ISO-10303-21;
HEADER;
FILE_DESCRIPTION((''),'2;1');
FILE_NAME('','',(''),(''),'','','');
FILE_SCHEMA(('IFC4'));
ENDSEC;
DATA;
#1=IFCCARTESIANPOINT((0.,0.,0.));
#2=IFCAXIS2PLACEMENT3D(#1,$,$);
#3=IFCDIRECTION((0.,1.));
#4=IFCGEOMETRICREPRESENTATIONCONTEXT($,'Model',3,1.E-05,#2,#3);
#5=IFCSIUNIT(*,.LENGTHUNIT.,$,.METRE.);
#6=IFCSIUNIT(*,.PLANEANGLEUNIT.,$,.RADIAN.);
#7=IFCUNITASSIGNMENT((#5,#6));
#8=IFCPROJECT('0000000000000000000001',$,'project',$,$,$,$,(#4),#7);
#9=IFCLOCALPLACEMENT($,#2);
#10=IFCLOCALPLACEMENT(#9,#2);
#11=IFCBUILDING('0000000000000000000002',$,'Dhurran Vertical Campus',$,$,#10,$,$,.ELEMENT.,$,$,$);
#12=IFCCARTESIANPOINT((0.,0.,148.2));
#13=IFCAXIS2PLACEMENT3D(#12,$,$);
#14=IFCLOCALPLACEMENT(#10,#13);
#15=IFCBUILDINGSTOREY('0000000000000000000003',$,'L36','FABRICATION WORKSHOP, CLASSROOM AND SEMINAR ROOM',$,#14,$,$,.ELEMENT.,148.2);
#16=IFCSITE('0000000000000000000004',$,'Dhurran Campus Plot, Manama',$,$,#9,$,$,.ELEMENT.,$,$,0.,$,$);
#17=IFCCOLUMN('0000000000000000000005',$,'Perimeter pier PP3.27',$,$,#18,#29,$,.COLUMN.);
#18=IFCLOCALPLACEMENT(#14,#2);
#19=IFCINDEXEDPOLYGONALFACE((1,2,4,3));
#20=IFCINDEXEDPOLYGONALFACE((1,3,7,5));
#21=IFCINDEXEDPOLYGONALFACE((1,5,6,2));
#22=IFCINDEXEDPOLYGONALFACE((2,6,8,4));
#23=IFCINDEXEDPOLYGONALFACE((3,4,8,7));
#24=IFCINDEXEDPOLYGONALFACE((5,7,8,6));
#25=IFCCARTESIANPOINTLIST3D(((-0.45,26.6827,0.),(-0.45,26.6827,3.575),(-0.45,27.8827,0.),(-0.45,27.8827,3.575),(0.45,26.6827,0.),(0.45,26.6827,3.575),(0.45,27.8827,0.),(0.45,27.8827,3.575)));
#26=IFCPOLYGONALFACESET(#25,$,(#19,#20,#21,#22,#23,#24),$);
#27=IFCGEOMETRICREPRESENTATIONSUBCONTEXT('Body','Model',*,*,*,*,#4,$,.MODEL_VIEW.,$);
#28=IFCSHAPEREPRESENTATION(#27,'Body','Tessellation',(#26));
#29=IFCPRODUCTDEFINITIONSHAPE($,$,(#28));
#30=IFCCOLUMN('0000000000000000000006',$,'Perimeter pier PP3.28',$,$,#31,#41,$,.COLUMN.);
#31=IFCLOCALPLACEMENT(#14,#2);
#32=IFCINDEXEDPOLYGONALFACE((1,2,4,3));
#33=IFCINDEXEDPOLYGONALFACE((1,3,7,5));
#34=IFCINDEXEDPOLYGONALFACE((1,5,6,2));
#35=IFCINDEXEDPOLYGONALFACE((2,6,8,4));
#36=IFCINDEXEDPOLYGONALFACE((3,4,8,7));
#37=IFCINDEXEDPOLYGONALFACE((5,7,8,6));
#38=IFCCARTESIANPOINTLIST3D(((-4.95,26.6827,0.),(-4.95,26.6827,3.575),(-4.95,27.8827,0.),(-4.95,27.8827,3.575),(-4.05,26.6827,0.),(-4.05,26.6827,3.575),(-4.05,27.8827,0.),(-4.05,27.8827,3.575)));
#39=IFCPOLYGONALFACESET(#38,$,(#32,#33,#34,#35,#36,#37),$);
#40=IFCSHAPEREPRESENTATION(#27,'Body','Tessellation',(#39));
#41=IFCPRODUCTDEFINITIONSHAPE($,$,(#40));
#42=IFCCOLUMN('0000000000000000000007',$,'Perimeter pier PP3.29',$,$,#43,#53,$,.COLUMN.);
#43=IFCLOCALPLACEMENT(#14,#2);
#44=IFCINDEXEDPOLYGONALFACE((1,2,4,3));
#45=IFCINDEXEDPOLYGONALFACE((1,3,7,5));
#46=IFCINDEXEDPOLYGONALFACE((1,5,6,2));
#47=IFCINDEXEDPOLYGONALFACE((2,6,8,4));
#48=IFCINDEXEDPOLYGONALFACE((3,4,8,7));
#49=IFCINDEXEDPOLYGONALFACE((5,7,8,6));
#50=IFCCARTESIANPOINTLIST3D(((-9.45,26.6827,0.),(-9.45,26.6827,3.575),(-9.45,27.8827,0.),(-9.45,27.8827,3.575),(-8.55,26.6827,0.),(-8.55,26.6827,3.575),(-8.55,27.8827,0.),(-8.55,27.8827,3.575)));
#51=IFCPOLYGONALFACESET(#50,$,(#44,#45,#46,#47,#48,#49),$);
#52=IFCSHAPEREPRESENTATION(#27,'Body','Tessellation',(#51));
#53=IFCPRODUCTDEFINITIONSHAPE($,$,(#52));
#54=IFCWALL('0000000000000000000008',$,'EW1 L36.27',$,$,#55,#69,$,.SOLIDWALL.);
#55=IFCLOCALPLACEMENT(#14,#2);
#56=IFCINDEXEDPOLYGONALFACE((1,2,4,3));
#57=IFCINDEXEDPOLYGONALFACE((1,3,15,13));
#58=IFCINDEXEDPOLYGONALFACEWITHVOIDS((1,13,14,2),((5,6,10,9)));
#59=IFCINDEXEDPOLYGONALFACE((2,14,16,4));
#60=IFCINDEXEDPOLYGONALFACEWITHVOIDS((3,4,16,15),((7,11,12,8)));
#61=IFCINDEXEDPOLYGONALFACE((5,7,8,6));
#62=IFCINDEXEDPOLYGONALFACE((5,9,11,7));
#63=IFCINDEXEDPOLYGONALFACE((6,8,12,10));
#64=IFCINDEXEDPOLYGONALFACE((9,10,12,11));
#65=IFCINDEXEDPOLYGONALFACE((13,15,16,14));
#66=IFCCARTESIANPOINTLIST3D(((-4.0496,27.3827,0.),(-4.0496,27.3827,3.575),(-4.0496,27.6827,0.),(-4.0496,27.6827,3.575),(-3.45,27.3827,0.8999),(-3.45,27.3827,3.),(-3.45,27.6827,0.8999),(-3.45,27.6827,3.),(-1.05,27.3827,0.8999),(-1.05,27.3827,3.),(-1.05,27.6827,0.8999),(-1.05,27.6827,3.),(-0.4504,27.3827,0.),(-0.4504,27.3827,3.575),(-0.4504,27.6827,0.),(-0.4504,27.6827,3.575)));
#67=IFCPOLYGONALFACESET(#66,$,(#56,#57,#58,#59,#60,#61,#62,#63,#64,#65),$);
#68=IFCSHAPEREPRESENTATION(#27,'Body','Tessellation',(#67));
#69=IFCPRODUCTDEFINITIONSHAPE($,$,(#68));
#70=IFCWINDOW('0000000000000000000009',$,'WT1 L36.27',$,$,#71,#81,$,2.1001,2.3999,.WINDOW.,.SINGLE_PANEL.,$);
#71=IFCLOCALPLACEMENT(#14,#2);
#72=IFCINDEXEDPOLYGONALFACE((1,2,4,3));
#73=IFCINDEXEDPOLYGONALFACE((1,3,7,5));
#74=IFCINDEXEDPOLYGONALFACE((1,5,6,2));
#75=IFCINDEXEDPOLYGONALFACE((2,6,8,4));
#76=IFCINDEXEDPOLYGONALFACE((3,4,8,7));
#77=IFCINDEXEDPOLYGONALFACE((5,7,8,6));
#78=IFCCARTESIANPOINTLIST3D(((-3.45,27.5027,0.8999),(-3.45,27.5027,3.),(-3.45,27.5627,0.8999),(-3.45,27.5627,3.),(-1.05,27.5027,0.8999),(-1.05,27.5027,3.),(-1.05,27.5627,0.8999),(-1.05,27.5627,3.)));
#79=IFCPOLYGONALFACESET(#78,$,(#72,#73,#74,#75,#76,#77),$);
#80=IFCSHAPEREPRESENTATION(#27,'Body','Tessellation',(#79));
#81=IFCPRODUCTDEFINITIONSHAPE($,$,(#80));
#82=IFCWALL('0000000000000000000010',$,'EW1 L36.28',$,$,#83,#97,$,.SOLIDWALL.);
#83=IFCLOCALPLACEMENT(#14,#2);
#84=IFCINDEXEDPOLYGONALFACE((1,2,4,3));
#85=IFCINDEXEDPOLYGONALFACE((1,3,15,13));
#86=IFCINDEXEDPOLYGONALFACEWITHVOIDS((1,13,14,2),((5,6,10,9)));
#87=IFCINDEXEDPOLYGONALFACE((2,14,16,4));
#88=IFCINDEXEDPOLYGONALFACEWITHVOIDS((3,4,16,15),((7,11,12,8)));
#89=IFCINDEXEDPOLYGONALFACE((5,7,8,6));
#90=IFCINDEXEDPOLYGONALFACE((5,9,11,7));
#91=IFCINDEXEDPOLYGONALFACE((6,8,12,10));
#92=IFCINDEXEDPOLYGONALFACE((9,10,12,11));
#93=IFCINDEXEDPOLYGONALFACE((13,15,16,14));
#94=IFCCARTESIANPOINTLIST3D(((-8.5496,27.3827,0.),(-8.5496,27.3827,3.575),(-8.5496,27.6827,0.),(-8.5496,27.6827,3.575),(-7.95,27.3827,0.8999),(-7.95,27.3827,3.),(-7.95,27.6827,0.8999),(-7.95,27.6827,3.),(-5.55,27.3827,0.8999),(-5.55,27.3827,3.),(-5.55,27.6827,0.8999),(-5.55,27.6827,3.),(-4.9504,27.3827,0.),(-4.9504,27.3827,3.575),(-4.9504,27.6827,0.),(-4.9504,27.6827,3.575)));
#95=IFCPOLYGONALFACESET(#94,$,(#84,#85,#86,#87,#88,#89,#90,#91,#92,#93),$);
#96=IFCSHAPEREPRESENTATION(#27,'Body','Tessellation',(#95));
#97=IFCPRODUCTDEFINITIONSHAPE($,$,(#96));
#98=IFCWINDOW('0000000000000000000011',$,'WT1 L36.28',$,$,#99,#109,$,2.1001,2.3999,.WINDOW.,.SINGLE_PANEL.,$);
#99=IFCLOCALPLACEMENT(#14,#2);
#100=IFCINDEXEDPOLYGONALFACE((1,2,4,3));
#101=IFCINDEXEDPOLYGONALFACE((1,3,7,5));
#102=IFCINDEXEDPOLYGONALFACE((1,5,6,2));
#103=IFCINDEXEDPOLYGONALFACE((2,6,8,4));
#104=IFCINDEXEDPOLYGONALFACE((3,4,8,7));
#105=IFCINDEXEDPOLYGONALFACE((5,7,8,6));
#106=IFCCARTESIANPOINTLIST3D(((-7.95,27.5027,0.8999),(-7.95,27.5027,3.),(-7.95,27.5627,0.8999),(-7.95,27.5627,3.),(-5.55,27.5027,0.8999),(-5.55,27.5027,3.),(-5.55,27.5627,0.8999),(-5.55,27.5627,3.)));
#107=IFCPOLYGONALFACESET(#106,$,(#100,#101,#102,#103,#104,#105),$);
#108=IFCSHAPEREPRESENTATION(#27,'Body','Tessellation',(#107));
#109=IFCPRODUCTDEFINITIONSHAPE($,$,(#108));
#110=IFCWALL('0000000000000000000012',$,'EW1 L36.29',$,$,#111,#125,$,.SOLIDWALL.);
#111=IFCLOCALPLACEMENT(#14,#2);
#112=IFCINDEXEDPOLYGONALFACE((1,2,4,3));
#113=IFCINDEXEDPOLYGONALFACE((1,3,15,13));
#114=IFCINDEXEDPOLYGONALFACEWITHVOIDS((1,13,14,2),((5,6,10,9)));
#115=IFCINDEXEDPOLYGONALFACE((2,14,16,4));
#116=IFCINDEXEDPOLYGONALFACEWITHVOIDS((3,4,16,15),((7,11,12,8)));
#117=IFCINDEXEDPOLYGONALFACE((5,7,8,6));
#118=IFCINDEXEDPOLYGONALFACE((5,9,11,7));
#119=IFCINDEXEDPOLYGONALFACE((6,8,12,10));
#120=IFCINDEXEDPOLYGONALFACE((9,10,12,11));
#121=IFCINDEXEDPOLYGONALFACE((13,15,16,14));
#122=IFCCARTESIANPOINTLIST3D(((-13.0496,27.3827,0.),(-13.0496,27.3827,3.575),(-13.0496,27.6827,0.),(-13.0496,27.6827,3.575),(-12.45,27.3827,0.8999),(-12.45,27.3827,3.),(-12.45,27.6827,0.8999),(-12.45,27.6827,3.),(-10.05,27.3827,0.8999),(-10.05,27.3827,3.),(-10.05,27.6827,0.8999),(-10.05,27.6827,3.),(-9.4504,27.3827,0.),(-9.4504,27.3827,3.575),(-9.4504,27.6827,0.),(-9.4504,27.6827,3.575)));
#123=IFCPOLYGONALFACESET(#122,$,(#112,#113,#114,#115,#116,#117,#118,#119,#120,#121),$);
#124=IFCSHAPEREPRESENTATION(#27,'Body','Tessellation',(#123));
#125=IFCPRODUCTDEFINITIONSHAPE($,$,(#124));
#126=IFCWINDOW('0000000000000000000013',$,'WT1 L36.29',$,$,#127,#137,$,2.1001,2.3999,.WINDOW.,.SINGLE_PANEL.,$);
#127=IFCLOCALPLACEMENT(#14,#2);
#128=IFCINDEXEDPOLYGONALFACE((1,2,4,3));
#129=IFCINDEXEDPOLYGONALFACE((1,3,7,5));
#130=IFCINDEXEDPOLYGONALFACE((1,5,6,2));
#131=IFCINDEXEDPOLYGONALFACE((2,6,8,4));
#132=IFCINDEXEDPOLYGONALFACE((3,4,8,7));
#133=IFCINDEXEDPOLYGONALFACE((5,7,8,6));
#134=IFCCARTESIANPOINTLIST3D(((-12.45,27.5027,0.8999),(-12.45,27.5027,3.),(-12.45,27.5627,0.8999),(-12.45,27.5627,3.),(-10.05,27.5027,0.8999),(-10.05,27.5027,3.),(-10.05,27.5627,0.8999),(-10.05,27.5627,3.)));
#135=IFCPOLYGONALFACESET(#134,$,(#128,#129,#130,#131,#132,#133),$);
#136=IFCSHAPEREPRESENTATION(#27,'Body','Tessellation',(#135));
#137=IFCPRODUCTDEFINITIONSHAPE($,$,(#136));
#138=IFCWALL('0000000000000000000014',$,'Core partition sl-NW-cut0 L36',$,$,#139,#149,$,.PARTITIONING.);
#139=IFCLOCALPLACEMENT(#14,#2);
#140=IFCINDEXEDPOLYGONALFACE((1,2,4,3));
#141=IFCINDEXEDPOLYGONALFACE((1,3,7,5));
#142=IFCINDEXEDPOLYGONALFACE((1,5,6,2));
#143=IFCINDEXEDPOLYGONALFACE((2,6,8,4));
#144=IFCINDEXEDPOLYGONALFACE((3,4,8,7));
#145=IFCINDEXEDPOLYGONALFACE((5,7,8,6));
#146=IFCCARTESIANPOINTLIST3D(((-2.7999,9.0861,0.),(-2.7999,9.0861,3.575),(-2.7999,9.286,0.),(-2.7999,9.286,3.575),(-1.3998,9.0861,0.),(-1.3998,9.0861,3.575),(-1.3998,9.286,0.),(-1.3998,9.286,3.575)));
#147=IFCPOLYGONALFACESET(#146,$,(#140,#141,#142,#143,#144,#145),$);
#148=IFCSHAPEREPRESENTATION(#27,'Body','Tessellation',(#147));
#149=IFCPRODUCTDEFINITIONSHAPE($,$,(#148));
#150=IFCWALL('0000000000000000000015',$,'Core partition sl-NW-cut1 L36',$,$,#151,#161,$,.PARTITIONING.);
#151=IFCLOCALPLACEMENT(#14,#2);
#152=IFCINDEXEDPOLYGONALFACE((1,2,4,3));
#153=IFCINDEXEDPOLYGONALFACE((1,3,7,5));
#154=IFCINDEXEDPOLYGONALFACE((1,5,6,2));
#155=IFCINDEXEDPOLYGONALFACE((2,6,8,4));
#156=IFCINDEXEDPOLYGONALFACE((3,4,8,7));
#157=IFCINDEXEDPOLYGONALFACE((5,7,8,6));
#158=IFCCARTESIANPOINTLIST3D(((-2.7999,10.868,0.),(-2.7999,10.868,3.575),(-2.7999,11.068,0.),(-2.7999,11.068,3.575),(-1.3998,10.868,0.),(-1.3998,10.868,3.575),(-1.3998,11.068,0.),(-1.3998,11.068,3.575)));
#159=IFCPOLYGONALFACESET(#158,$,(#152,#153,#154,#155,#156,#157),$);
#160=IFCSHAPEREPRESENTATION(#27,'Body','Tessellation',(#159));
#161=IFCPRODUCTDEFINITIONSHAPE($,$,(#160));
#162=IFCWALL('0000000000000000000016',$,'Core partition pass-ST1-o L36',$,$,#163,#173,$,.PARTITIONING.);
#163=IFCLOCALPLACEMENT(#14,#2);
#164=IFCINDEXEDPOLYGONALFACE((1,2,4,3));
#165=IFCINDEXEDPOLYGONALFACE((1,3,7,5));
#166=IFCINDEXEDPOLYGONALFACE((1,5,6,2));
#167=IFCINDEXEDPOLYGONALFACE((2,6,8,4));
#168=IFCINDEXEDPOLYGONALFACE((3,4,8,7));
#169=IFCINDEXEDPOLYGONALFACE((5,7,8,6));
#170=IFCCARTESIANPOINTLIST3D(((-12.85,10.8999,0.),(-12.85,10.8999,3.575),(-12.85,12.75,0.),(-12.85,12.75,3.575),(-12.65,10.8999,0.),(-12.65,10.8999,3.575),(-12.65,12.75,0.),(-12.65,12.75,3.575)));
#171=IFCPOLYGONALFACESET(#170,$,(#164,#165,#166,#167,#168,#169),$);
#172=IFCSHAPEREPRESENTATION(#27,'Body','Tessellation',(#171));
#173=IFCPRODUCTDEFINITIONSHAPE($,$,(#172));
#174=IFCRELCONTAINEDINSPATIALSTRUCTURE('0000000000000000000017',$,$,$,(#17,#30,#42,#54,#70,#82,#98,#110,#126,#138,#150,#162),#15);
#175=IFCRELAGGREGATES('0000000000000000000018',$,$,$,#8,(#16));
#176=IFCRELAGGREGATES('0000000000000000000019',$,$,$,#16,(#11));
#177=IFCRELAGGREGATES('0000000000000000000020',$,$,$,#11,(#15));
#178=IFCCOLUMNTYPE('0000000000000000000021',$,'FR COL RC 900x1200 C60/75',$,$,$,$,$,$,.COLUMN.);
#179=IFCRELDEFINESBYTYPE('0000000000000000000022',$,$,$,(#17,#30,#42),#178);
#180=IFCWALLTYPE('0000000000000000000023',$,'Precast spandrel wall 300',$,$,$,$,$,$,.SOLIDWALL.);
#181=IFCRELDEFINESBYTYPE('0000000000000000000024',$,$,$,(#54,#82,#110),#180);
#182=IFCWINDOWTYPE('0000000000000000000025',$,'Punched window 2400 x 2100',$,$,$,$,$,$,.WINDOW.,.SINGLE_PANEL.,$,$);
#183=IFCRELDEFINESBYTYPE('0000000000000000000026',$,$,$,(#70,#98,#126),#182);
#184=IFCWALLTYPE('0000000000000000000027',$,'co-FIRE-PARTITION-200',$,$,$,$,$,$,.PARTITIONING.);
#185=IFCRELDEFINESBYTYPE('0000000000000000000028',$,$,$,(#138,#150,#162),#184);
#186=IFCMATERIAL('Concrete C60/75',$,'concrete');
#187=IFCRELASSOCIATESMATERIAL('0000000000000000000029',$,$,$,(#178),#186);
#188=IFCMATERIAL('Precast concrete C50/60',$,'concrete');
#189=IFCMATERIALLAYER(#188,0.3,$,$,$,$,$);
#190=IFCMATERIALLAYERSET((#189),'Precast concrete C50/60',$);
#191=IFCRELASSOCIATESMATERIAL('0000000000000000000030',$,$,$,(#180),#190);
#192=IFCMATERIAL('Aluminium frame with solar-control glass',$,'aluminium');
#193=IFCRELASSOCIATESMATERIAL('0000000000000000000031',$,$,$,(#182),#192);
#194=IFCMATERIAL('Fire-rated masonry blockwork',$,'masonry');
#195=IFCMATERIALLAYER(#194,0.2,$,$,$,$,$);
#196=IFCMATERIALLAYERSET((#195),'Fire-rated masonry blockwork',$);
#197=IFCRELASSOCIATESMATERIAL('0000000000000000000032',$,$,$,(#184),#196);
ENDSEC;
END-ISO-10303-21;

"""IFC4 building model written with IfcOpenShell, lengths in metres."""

from ifc_helpers import new_model, si_unit, direction, frame, frame_2d, origin, origin_2d, place, context, subcontext, project, spatial, rectangle, extrude, material, layer, layer_set, material_profile, profile_set, type_object, element, fill, save


model = new_model("IFC4")

# Units and contexts
model_context = context("Model", 3, precision=1e-05, world=origin(), true_north=direction((0.0, 1.0)))
body_context = subcontext(model_context, "Body", "Model", "MODEL_VIEW")
ifc_project = project(units=[si_unit("LENGTHUNIT", "METRE"), si_unit("PLANEANGLEUNIT", "RADIAN")], contexts=[model_context])

# Site, building, storey
site_placement = place(None, origin())
site = spatial("IfcSite", under=ifc_project, at=site_placement, Name="Dhurran Campus Plot, Manama", CompositionType="ELEMENT", RefElevation=0.0)
building_placement = place(site_placement, origin())
building = spatial("IfcBuilding", under=site, at=building_placement, Name="Dhurran Vertical Campus", CompositionType="ELEMENT")
storey_placement = place(building_placement, frame((0.0, 0.0, 148.2)))
storey = spatial("IfcBuildingStorey", under=building, at=storey_placement, Name="L36", Description="FABRICATION WORKSHOP, CLASSROOM AND SEMINAR ROOM", CompositionType="ELEMENT", Elevation=148.2)

# Columns
ifc_material_1 = material(Name="Concrete C60/75", Category="concrete")
ifc_material_profile = material_profile(ifc_material_1, rectangle(XDim=0.8999, YDim=1.2, at=origin_2d()), Name="RC 900x1200")
ifc_profile_set = profile_set([ifc_material_profile], Name="Concrete C60/75")
column_type = type_object("IfcColumnType", Name="FR COL RC 900x1200 C60/75", PredefinedType="COLUMN", material=ifc_profile_set)
for number, where, z_axis, x_axis, name in (
    (1, (0.0, 27.2827, 0.0), (0.0, 0.0, 1.0), (-1.0, 0.0, 0.0), "Perimeter pier PP3.27"),
    (2, (-4.5, 27.2827, 0.0), (0.0, 0.0, 1.0), (-1.0, 0.0, 0.0), "Perimeter pier PP3.28"),
    (3, (-9.0, 27.2827, 0.0), (0.0, 0.0, 1.0), (-1.0, 0.0, 0.0), "Perimeter pier PP3.29"),
):
    element("IfcColumn", number, at=place(storey_placement, frame(where, z_axis=z_axis, x_axis=x_axis)), inside=storey, type_object=column_type, Name=name, PredefinedType="COLUMN", context=body_context, shape_type="SweptSolid", body=[
        extrude(rectangle(XDim=0.8999, YDim=1.2, at=origin_2d()), origin(), (0.0, 0.0, 1.0), 3.575),
    ])

# Walls, openings, windows
ifc_material_2 = material(Name="Precast concrete C50/60", Category="concrete")
ifc_layer_1 = layer(ifc_material_2, 0.3)
ifc_layer_set_1 = layer_set([ifc_layer_1], Name="Precast concrete C50/60")
wall_type_1 = type_object("IfcWallType", Name="Precast spandrel wall 300", PredefinedType="SOLIDWALL", material=ifc_layer_set_1)
wall_1_placement = place(storey_placement, frame((-0.4504, 27.5327, 0.0), z_axis=(0.0, 0.0, 1.0), x_axis=(-1.0, 0.0, 0.0)))
wall_1 = element("IfcWall", 4, at=wall_1_placement, inside=storey, type_object=wall_type_1, Name="EW1 L36.27", PredefinedType="SOLIDWALL", context=body_context, shape_type="SweptSolid", body=[
    extrude(rectangle(XDim=3.5991, YDim=0.3, at=frame_2d((1.7996, 0.0))), origin(), (0.0, 0.0, 1.0), 3.575),
])
opening_1_placement = place(wall_1_placement, frame((0.5996, 0.0, 0.8999)))
opening_1 = element("IfcOpeningElement", 5, at=opening_1_placement, cuts=wall_1, PredefinedType="OPENING", context=body_context, shape_type="SweptSolid", body=[
    extrude(rectangle(XDim=2.3999, YDim=2.1001, at=frame_2d((1.2, 1.05))), frame((0.0, 0.1599, 0.0), z_axis=(0.0, -1.0, 0.0), x_axis=(1.0, 0.0, 0.0)), (0.0, 0.0, 1.0), 0.3201),
])
ifc_material_3 = material(Name="Aluminium frame with solar-control glass", Category="aluminium")
window_type = type_object("IfcWindowType", Name="Punched window 2400 x 2100", PartitioningType="SINGLE_PANEL", PredefinedType="WINDOW", material=ifc_material_3)
window_1_placement = place(opening_1_placement, origin())
window_1 = element("IfcWindow", 6, at=window_1_placement, inside=storey, type_object=window_type, Name="WT1 L36.27", OverallHeight=2.1001, OverallWidth=2.3999, PartitioningType="SINGLE_PANEL", PredefinedType="WINDOW", context=body_context, shape_type="SweptSolid", body=[
    extrude(rectangle(XDim=2.3999, YDim=2.1001, at=frame_2d((1.2, 1.05))), frame((0.0, 0.03, 0.0), z_axis=(0.0, -1.0, 0.0), x_axis=(1.0, 0.0, 0.0)), (0.0, 0.0, 1.0), 0.0601),
])
fill(opening_1, window_1)
wall_2_placement = place(storey_placement, frame((-4.9504, 27.5327, 0.0), z_axis=(0.0, 0.0, 1.0), x_axis=(-1.0, 0.0, 0.0)))
wall_2 = element("IfcWall", 7, at=wall_2_placement, inside=storey, type_object=wall_type_1, Name="EW1 L36.28", PredefinedType="SOLIDWALL", context=body_context, shape_type="SweptSolid", body=[
    extrude(rectangle(XDim=3.5991, YDim=0.3, at=frame_2d((1.7996, 0.0))), origin(), (0.0, 0.0, 1.0), 3.575),
])
opening_2_placement = place(wall_2_placement, frame((0.5996, 0.0, 0.8999)))
opening_2 = element("IfcOpeningElement", 8, at=opening_2_placement, cuts=wall_2, PredefinedType="OPENING", context=body_context, shape_type="SweptSolid", body=[
    extrude(rectangle(XDim=2.3999, YDim=2.1001, at=frame_2d((1.2, 1.05))), frame((0.0, 0.1599, 0.0), z_axis=(0.0, -1.0, 0.0), x_axis=(1.0, 0.0, 0.0)), (0.0, 0.0, 1.0), 0.3201),
])
window_2_placement = place(opening_2_placement, origin())
window_2 = element("IfcWindow", 9, at=window_2_placement, inside=storey, type_object=window_type, Name="WT1 L36.28", OverallHeight=2.1001, OverallWidth=2.3999, PartitioningType="SINGLE_PANEL", PredefinedType="WINDOW", context=body_context, shape_type="SweptSolid", body=[
    extrude(rectangle(XDim=2.3999, YDim=2.1001, at=frame_2d((1.2, 1.05))), frame((0.0, 0.03, 0.0), z_axis=(0.0, -1.0, 0.0), x_axis=(1.0, 0.0, 0.0)), (0.0, 0.0, 1.0), 0.0601),
])
fill(opening_2, window_2)
wall_3_placement = place(storey_placement, frame((-9.4504, 27.5327, 0.0), z_axis=(0.0, 0.0, 1.0), x_axis=(-1.0, 0.0, 0.0)))
wall_3 = element("IfcWall", 10, at=wall_3_placement, inside=storey, type_object=wall_type_1, Name="EW1 L36.29", PredefinedType="SOLIDWALL", context=body_context, shape_type="SweptSolid", body=[
    extrude(rectangle(XDim=3.5991, YDim=0.3, at=frame_2d((1.7996, 0.0))), origin(), (0.0, 0.0, 1.0), 3.575),
])
opening_3_placement = place(wall_3_placement, frame((0.5996, 0.0, 0.8999)))
opening_3 = element("IfcOpeningElement", 11, at=opening_3_placement, cuts=wall_3, PredefinedType="OPENING", context=body_context, shape_type="SweptSolid", body=[
    extrude(rectangle(XDim=2.3999, YDim=2.1001, at=frame_2d((1.2, 1.05))), frame((0.0, 0.1599, 0.0), z_axis=(0.0, -1.0, 0.0), x_axis=(1.0, 0.0, 0.0)), (0.0, 0.0, 1.0), 0.3201),
])
window_3_placement = place(opening_3_placement, origin())
window_3 = element("IfcWindow", 12, at=window_3_placement, inside=storey, type_object=window_type, Name="WT1 L36.29", OverallHeight=2.1001, OverallWidth=2.3999, PartitioningType="SINGLE_PANEL", PredefinedType="WINDOW", context=body_context, shape_type="SweptSolid", body=[
    extrude(rectangle(XDim=2.3999, YDim=2.1001, at=frame_2d((1.2, 1.05))), frame((0.0, 0.03, 0.0), z_axis=(0.0, -1.0, 0.0), x_axis=(1.0, 0.0, 0.0)), (0.0, 0.0, 1.0), 0.0601),
])
fill(opening_3, window_3)

# Walls
ifc_material_4 = material(Name="Fire-rated masonry blockwork", Category="masonry")
ifc_layer_2 = layer(ifc_material_4, 0.2)
ifc_layer_set_2 = layer_set([ifc_layer_2], Name="Fire-rated masonry blockwork")
wall_type_2 = type_object("IfcWallType", Name="co-FIRE-PARTITION-200", PredefinedType="PARTITIONING", material=ifc_layer_set_2)
for number, where, z_axis, x_axis, name in (
    (13, (-2.8, 9.186, 0.0), (0.0, 0.0, 1.0), (1.0, 0.0, 0.0), "Core partition sl-NW-cut0 L36"),
    (14, (-2.8, 10.968, 0.0), (0.0, 0.0, 1.0), (1.0, 0.0, 0.0), "Core partition sl-NW-cut1 L36"),
):
    element("IfcWall", number, at=place(storey_placement, frame(where, z_axis=z_axis, x_axis=x_axis)), inside=storey, type_object=wall_type_2, Name=name, PredefinedType="PARTITIONING", context=body_context, shape_type="SweptSolid", body=[
        extrude(rectangle(XDim=1.4001, YDim=0.2, at=frame_2d((0.7002, 0.0))), origin(), (0.0, 0.0, 1.0), 3.575),
    ])
wall_4_placement = place(storey_placement, frame((-12.75, 10.8999, 0.0), z_axis=(0.0, 0.0, 1.0), x_axis=(0.0, 1.0, 0.0)))
element("IfcWall", 15, at=wall_4_placement, inside=storey, type_object=wall_type_2, Name="Core partition pass-ST1-o L36", PredefinedType="PARTITIONING", context=body_context, shape_type="SweptSolid", body=[
    extrude(rectangle(XDim=1.8501, YDim=0.2, at=frame_2d((0.925, 0.0))), origin(), (0.0, 0.0, 1.0), 3.575),
])

save(model, "model.ifc")
